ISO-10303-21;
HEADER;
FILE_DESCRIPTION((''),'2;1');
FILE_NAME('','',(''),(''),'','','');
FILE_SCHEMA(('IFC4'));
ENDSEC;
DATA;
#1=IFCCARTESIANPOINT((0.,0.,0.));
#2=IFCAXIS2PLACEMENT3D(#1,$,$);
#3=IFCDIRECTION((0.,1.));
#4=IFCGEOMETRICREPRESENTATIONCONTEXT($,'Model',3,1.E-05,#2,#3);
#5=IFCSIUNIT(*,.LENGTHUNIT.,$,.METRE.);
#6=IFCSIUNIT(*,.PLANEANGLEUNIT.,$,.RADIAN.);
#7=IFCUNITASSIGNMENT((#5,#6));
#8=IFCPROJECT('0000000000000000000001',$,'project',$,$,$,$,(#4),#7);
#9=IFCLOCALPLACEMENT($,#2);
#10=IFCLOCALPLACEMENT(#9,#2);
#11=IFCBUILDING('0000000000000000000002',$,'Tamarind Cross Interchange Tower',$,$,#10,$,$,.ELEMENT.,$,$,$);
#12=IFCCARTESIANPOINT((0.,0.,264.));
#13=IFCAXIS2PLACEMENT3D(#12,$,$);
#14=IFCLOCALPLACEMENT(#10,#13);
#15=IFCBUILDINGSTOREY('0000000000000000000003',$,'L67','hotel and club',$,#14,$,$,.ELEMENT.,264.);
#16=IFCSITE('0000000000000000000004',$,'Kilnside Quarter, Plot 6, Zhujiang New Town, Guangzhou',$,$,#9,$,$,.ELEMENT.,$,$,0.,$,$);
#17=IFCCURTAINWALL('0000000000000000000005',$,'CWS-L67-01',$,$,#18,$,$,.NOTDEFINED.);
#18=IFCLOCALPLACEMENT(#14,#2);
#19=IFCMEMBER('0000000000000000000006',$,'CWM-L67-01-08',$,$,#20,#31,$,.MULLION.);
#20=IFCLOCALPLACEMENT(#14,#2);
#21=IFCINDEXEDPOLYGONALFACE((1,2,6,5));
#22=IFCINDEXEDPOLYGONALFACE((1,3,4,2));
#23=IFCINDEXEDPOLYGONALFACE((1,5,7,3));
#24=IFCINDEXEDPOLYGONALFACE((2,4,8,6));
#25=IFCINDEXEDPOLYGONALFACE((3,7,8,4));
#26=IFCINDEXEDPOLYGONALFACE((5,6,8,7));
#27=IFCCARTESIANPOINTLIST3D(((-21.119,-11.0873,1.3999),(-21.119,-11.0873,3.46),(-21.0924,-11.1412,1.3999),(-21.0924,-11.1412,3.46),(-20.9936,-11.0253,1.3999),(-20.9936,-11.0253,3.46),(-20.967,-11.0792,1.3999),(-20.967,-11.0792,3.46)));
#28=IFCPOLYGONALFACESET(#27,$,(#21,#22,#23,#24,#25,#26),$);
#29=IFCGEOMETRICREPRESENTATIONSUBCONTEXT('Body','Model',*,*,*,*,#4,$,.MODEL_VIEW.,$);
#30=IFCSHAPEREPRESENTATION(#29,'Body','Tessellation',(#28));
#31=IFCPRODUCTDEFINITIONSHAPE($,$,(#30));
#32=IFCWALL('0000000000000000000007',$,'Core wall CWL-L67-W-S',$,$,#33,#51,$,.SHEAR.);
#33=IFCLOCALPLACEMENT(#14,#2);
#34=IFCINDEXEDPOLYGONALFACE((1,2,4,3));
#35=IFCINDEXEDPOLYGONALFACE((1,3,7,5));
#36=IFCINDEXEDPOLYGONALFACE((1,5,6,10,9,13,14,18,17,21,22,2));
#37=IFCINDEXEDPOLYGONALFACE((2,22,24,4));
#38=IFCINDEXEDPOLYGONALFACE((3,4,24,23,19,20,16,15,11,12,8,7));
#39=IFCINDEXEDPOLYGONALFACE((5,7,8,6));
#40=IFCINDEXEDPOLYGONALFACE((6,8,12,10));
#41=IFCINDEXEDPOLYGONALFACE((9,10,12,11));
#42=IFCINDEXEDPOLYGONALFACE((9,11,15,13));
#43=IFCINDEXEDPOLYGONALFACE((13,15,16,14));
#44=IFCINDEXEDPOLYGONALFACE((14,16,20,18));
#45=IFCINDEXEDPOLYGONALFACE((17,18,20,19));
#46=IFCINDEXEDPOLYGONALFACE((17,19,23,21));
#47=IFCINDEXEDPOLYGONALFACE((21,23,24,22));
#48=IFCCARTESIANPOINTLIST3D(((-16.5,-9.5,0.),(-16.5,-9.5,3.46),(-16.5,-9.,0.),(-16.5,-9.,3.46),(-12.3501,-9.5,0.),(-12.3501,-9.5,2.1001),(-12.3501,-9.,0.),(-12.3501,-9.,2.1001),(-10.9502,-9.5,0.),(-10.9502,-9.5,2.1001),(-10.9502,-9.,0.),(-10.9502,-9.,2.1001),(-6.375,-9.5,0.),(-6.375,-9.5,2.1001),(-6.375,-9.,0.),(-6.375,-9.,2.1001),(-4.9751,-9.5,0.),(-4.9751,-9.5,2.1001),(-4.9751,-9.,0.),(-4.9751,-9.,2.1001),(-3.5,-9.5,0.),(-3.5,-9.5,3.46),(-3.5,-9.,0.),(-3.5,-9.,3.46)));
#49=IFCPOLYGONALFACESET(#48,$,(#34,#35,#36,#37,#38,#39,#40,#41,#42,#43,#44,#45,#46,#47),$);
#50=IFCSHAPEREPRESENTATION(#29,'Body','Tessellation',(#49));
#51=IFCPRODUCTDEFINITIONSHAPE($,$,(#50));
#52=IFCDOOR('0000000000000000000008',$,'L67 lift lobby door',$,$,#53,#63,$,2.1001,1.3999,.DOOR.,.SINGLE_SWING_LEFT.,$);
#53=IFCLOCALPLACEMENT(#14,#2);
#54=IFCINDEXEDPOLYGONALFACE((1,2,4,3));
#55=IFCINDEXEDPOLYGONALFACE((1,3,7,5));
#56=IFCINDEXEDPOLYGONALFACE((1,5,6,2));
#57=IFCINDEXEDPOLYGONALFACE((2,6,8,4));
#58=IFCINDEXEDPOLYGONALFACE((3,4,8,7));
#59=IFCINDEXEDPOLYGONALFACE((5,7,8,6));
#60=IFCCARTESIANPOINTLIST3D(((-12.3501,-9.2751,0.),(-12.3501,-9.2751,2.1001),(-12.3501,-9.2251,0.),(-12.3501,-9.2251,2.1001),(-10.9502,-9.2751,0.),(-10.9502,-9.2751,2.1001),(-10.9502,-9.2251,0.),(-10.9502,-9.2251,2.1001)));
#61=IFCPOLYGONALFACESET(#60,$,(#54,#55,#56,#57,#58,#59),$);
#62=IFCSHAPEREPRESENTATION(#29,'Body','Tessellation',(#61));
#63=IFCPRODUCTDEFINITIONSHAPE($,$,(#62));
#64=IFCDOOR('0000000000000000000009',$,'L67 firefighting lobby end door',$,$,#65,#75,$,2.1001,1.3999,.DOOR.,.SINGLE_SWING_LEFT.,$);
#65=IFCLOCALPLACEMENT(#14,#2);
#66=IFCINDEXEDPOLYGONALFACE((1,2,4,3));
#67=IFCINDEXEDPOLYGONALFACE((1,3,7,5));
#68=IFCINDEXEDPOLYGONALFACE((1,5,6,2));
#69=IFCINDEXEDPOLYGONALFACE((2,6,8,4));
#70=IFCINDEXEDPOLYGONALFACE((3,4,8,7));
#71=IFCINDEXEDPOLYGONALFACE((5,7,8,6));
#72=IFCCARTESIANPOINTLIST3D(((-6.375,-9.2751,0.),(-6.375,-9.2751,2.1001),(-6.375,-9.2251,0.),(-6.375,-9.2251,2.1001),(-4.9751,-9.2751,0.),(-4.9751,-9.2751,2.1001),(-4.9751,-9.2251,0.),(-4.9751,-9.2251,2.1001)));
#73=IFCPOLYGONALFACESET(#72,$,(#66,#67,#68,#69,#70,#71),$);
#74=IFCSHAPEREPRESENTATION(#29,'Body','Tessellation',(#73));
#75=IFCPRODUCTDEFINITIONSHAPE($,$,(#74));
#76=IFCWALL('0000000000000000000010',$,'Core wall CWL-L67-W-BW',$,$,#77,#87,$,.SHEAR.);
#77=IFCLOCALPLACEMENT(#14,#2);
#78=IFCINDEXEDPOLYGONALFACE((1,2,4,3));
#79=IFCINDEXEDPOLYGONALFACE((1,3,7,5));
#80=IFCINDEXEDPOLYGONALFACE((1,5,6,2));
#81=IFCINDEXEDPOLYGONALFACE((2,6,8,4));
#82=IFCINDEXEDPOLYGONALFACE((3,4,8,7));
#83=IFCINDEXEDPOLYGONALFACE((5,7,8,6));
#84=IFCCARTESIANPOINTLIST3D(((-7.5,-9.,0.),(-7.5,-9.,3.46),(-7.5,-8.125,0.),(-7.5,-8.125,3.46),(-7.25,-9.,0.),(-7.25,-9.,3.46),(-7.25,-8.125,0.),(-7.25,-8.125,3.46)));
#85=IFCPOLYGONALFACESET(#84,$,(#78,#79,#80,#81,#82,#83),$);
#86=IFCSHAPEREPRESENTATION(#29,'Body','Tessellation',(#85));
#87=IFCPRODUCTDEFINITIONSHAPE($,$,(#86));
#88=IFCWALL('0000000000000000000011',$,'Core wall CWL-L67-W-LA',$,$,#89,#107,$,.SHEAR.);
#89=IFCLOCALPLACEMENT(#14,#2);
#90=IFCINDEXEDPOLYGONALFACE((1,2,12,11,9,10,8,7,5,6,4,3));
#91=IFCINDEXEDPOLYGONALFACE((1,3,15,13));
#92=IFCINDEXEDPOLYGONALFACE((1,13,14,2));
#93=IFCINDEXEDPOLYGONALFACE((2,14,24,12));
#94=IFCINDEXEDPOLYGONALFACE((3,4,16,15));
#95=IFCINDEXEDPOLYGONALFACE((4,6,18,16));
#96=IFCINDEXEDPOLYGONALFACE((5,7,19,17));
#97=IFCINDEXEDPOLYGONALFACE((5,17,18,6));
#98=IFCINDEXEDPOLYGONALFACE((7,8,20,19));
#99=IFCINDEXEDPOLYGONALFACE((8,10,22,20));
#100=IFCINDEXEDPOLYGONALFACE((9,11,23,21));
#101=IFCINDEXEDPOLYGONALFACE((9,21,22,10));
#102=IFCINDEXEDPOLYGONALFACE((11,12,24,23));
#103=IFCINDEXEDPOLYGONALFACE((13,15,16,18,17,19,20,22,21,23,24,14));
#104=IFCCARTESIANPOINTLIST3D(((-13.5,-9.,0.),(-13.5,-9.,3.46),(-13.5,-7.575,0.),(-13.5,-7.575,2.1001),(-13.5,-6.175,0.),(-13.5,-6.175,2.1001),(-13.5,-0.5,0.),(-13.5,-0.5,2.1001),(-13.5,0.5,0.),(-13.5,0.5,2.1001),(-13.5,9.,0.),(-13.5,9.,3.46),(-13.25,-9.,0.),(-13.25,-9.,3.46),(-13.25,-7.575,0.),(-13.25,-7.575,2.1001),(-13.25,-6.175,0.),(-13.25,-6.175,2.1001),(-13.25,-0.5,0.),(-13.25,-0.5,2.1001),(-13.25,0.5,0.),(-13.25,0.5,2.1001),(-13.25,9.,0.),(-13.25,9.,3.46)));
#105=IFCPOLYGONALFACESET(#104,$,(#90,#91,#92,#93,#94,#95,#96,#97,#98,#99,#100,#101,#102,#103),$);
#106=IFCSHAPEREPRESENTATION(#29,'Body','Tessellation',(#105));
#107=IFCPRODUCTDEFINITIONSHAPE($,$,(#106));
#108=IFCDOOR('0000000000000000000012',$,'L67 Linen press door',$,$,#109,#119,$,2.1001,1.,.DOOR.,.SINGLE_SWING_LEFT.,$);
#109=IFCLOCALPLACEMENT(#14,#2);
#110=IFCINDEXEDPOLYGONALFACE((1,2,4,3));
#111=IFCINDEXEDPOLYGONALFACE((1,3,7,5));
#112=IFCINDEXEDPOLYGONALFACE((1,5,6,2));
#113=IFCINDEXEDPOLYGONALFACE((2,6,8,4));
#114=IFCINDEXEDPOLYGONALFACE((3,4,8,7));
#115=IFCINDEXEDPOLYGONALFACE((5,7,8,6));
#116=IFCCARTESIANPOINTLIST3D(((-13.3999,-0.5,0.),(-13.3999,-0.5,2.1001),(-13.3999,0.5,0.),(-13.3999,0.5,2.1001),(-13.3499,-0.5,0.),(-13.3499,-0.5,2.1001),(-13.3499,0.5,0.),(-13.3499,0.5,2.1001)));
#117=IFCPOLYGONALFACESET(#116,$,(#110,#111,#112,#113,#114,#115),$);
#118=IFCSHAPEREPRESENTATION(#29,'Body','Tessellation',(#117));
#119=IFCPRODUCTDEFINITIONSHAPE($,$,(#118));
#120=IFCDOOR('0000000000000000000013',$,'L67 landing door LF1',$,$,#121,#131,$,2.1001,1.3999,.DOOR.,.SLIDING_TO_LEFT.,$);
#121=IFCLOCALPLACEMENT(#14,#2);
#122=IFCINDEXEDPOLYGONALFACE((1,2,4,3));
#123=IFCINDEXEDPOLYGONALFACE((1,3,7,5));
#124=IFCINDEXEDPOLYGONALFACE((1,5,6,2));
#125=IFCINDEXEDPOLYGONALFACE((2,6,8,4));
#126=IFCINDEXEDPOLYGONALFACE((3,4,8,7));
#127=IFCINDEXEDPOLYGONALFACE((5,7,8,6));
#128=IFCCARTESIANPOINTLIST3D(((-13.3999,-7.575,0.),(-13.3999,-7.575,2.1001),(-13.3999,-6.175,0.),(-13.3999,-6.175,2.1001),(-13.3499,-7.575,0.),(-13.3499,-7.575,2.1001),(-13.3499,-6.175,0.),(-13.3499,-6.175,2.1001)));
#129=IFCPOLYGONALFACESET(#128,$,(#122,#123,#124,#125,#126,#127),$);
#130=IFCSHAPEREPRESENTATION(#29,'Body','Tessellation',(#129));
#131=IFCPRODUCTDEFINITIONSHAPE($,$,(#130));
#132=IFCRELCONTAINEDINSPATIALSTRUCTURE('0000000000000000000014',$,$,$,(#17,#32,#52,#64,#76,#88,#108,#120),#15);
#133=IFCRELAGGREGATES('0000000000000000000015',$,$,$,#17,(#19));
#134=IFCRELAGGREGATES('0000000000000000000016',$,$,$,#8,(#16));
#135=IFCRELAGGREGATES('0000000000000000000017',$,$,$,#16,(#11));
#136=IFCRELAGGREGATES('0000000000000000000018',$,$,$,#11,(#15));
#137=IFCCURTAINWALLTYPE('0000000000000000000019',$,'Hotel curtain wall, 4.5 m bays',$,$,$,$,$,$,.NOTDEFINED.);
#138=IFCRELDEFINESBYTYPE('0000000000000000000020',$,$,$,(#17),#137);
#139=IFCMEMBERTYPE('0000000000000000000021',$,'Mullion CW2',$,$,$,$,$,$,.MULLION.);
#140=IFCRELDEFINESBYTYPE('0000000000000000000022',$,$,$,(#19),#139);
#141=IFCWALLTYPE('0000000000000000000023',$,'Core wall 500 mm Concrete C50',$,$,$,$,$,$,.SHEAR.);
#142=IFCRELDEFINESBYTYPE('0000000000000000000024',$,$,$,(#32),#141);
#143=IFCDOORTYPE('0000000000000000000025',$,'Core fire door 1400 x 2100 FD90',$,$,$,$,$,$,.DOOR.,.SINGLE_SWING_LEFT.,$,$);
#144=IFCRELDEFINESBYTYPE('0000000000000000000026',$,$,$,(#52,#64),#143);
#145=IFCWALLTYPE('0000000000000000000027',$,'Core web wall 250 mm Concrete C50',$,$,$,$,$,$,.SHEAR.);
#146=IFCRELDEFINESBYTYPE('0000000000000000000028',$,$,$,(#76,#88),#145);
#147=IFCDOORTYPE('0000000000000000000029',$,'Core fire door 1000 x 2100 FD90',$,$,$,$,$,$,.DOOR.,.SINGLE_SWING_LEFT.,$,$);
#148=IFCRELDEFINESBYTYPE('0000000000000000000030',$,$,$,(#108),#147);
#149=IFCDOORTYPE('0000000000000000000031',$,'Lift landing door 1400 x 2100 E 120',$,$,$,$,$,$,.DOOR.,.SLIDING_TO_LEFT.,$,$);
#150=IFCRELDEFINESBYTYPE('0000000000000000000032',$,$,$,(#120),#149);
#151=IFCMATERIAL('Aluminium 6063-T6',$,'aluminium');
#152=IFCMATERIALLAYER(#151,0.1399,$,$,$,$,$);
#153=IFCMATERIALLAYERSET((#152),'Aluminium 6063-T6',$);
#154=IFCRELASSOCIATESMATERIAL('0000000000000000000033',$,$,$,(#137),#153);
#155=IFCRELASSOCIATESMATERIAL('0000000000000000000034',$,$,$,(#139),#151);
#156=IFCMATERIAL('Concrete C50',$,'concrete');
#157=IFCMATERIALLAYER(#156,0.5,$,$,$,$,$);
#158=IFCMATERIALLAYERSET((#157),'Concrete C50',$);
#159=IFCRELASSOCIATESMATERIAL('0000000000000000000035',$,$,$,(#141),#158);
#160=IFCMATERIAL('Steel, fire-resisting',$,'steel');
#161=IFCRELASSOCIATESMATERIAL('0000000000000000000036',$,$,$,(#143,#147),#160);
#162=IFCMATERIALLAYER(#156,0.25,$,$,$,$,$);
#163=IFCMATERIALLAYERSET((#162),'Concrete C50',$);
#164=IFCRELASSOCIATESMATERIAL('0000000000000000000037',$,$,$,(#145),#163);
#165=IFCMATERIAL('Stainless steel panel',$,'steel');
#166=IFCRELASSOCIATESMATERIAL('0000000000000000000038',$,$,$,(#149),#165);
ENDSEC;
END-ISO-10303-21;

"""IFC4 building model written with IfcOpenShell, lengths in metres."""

from ifc_helpers import new_model, si_unit, direction, frame, frame_2d, origin, origin_2d, place, context, subcontext, project, spatial, rectangle, extrude, material, layer, layer_set, material_profile, profile_set, type_object, element, fill, aggregate, save


model = new_model("IFC4")

# Units and contexts
model_context = context("Model", 3, precision=1e-05, world=origin(), true_north=direction((0.0, 1.0)))
body_context = subcontext(model_context, "Body", "Model", "MODEL_VIEW")
ifc_project = project(units=[si_unit("LENGTHUNIT", "METRE"), si_unit("PLANEANGLEUNIT", "RADIAN")], contexts=[model_context])

# Site, building, storey
site_placement = place(None, origin())
site = spatial("IfcSite", under=ifc_project, at=site_placement, Name="Kilnside Quarter, Plot 6, Zhujiang New Town, Guangzhou", CompositionType="ELEMENT", RefElevation=0.0)
building_placement = place(site_placement, origin())
building = spatial("IfcBuilding", under=site, at=building_placement, Name="Tamarind Cross Interchange Tower", CompositionType="ELEMENT")
storey_placement = place(building_placement, frame((0.0, 0.0, 264.0)))
storey = spatial("IfcBuildingStorey", under=building, at=storey_placement, Name="L67", Description="hotel and club", CompositionType="ELEMENT", Elevation=264.0)

# Curtain wall, member
ifc_material_1 = material(Name="Aluminium 6063-T6", Category="aluminium")
ifc_layer_1 = layer(ifc_material_1, 0.1399)
ifc_layer_set_1 = layer_set([ifc_layer_1], Name="Aluminium 6063-T6")
curtain_wall_type = type_object("IfcCurtainWallType", Name="Hotel curtain wall, 4.5 m bays", PredefinedType="NOTDEFINED", material=ifc_layer_set_1)
curtain_wall_placement = place(storey_placement, origin())
curtain_wall = element("IfcCurtainWall", 1, at=curtain_wall_placement, inside=storey, type_object=curtain_wall_type, Name="CWS-L67-01", PredefinedType="NOTDEFINED")
ifc_material_profile = material_profile(ifc_material_1, rectangle(XDim=0.0601, YDim=0.1399, at=origin_2d()), Name="Mullion CW2")
ifc_profile_set = profile_set([ifc_material_profile], Name="Aluminium 6063-T6")
member_type = type_object("IfcMemberType", Name="Mullion CW2", PredefinedType="MULLION", material=ifc_profile_set)
member_placement = place(storey_placement, frame((-21.043, -11.0833, 1.3999), z_axis=(0.0, 0.0, 1.0), x_axis=(0.443059, -0.896493, 0.0)))
member = element("IfcMember", 2, at=member_placement, type_object=member_type, Name="CWM-L67-01-08", PredefinedType="MULLION", context=body_context, shape_type="SweptSolid", body=[
    extrude(rectangle(XDim=0.0601, YDim=0.1399, at=origin_2d()), origin(), (0.0, 0.0, 1.0), 2.0601),
])
aggregate(curtain_wall, [member])

# Wall, openings, doors
ifc_material_2 = material(Name="Concrete C50", Category="concrete")
ifc_layer_2 = layer(ifc_material_2, 0.5)
ifc_layer_set_2 = layer_set([ifc_layer_2], Name="Concrete C50")
wall_type_1 = type_object("IfcWallType", Name="Core wall 500 mm Concrete C50", PredefinedType="SHEAR", material=ifc_layer_set_2)
wall_1_placement = place(storey_placement, frame((-16.5, -9.25, 0.0), z_axis=(0.0, 0.0, 1.0), x_axis=(1.0, 0.0, 0.0)))
wall_1 = element("IfcWall", 3, at=wall_1_placement, inside=storey, type_object=wall_type_1, Name="Core wall CWL-L67-W-S", PredefinedType="SHEAR", context=body_context, shape_type="SweptSolid", body=[
    extrude(rectangle(XDim=13.0, YDim=0.5, at=frame_2d((6.5, 0.0))), origin(), (0.0, 0.0, 1.0), 3.46),
])
opening_1_placement = place(wall_1_placement, frame((4.1499, 0.0, 0.0)))
opening_1 = element("IfcOpeningElement", 4, at=opening_1_placement, cuts=wall_1, PredefinedType="OPENING", context=body_context, shape_type="SweptSolid", body=[
    extrude(rectangle(XDim=1.3999, YDim=2.1001, at=frame_2d((0.7, 1.05))), frame((0.0, 0.26, 0.0), z_axis=(0.0, -1.0, 0.0), x_axis=(1.0, 0.0, 0.0)), (0.0, 0.0, 1.0), 0.52),
])
opening_2_placement = place(wall_1_placement, frame((10.125, 0.0, 0.0)))
opening_2 = element("IfcOpeningElement", 5, at=opening_2_placement, cuts=wall_1, PredefinedType="OPENING", context=body_context, shape_type="SweptSolid", body=[
    extrude(rectangle(XDim=1.3999, YDim=2.1001, at=frame_2d((0.7, 1.05))), frame((0.0, 0.26, 0.0), z_axis=(0.0, -1.0, 0.0), x_axis=(1.0, 0.0, 0.0)), (0.0, 0.0, 1.0), 0.52),
])
ifc_material_3 = material(Name="Steel, fire-resisting", Category="steel")
door_type_1 = type_object("IfcDoorType", Name="Core fire door 1400 x 2100 FD90", OperationType="SINGLE_SWING_LEFT", PredefinedType="DOOR", material=ifc_material_3)
door_1_placement = place(opening_1_placement, origin())
door_1 = element("IfcDoor", 6, at=door_1_placement, inside=storey, type_object=door_type_1, Name="L67 lift lobby door", OperationType="SINGLE_SWING_LEFT", OverallHeight=2.1001, OverallWidth=1.3999, PredefinedType="DOOR", context=body_context, shape_type="SweptSolid", body=[
    extrude(rectangle(XDim=1.3999, YDim=2.1001, at=frame_2d((0.7, 1.05))), frame((0.0, 0.0249, 0.0), z_axis=(0.0, -1.0, 0.0), x_axis=(1.0, 0.0, 0.0)), (0.0, 0.0, 1.0), 0.05),
])
fill(opening_1, door_1)
door_2_placement = place(opening_2_placement, origin())
door_2 = element("IfcDoor", 7, at=door_2_placement, inside=storey, type_object=door_type_1, Name="L67 firefighting lobby end door", OperationType="SINGLE_SWING_LEFT", OverallHeight=2.1001, OverallWidth=1.3999, PredefinedType="DOOR", context=body_context, shape_type="SweptSolid", body=[
    extrude(rectangle(XDim=1.3999, YDim=2.1001, at=frame_2d((0.7, 1.05))), frame((0.0, 0.0249, 0.0), z_axis=(0.0, -1.0, 0.0), x_axis=(1.0, 0.0, 0.0)), (0.0, 0.0, 1.0), 0.05),
])
fill(opening_2, door_2)

# Wall
ifc_layer_3 = layer(ifc_material_2, 0.25)
ifc_layer_set_3 = layer_set([ifc_layer_3], Name="Concrete C50")
wall_type_2 = type_object("IfcWallType", Name="Core web wall 250 mm Concrete C50", PredefinedType="SHEAR", material=ifc_layer_set_3)
wall_2_placement = place(storey_placement, frame((-7.375, -9.0, 0.0), z_axis=(0.0, 0.0, 1.0), x_axis=(0.0, 1.0, 0.0)))
element("IfcWall", 8, at=wall_2_placement, inside=storey, type_object=wall_type_2, Name="Core wall CWL-L67-W-BW", PredefinedType="SHEAR", context=body_context, shape_type="SweptSolid", body=[
    extrude(rectangle(XDim=0.875, YDim=0.25, at=frame_2d((0.4375, 0.0))), origin(), (0.0, 0.0, 1.0), 3.46),
])

# Wall, openings, doors
wall_3_placement = place(storey_placement, frame((-13.375, -9.0, 0.0), z_axis=(0.0, 0.0, 1.0), x_axis=(0.0, 1.0, 0.0)))
wall_3 = element("IfcWall", 9, at=wall_3_placement, inside=storey, type_object=wall_type_2, Name="Core wall CWL-L67-W-LA", PredefinedType="SHEAR", context=body_context, shape_type="SweptSolid", body=[
    extrude(rectangle(XDim=18.0, YDim=0.25, at=frame_2d((9.0, 0.0))), origin(), (0.0, 0.0, 1.0), 3.46),
])
opening_3_placement = place(wall_3_placement, frame((1.425, 0.0, 0.0)))
opening_3 = element("IfcOpeningElement", 10, at=opening_3_placement, cuts=wall_3, PredefinedType="OPENING", context=body_context, shape_type="SweptSolid", body=[
    extrude(rectangle(XDim=1.3999, YDim=2.1001, at=frame_2d((0.7, 1.05))), frame((0.0, 0.135, 0.0), z_axis=(0.0, -1.0, 0.0), x_axis=(1.0, 0.0, 0.0)), (0.0, 0.0, 1.0), 0.27),
])
opening_4_placement = place(wall_3_placement, frame((8.5, 0.0, 0.0)))
opening_4 = element("IfcOpeningElement", 11, at=opening_4_placement, cuts=wall_3, PredefinedType="OPENING", context=body_context, shape_type="SweptSolid", body=[
    extrude(rectangle(XDim=1.0, YDim=2.1001, at=frame_2d((0.5, 1.05))), frame((0.0, 0.135, 0.0), z_axis=(0.0, -1.0, 0.0), x_axis=(1.0, 0.0, 0.0)), (0.0, 0.0, 1.0), 0.27),
])
door_type_2 = type_object("IfcDoorType", Name="Core fire door 1000 x 2100 FD90", OperationType="SINGLE_SWING_LEFT", PredefinedType="DOOR", material=ifc_material_3)
door_3_placement = place(opening_4_placement, origin())
door_3 = element("IfcDoor", 12, at=door_3_placement, inside=storey, type_object=door_type_2, Name="L67 Linen press door", OperationType="SINGLE_SWING_LEFT", OverallHeight=2.1001, OverallWidth=1.0, PredefinedType="DOOR", context=body_context, shape_type="SweptSolid", body=[
    extrude(rectangle(XDim=1.0, YDim=2.1001, at=frame_2d((0.5, 1.05))), frame((0.0, 0.0249, 0.0), z_axis=(0.0, -1.0, 0.0), x_axis=(1.0, 0.0, 0.0)), (0.0, 0.0, 1.0), 0.05),
])
fill(opening_4, door_3)
ifc_material_4 = material(Name="Stainless steel panel", Category="steel")
door_type_3 = type_object("IfcDoorType", Name="Lift landing door 1400 x 2100 E 120", OperationType="SLIDING_TO_LEFT", PredefinedType="DOOR", material=ifc_material_4)
door_4_placement = place(opening_3_placement, origin())
door_4 = element("IfcDoor", 13, at=door_4_placement, inside=storey, type_object=door_type_3, Name="L67 landing door LF1", OperationType="SLIDING_TO_LEFT", OverallHeight=2.1001, OverallWidth=1.3999, PredefinedType="DOOR", context=body_context, shape_type="SweptSolid", body=[
    extrude(rectangle(XDim=1.3999, YDim=2.1001, at=frame_2d((0.7, 1.05))), frame((0.0, 0.0249, 0.0), z_axis=(0.0, -1.0, 0.0), x_axis=(1.0, 0.0, 0.0)), (0.0, 0.0, 1.0), 0.05),
])
fill(opening_3, door_4)

save(model, "model.ifc")
